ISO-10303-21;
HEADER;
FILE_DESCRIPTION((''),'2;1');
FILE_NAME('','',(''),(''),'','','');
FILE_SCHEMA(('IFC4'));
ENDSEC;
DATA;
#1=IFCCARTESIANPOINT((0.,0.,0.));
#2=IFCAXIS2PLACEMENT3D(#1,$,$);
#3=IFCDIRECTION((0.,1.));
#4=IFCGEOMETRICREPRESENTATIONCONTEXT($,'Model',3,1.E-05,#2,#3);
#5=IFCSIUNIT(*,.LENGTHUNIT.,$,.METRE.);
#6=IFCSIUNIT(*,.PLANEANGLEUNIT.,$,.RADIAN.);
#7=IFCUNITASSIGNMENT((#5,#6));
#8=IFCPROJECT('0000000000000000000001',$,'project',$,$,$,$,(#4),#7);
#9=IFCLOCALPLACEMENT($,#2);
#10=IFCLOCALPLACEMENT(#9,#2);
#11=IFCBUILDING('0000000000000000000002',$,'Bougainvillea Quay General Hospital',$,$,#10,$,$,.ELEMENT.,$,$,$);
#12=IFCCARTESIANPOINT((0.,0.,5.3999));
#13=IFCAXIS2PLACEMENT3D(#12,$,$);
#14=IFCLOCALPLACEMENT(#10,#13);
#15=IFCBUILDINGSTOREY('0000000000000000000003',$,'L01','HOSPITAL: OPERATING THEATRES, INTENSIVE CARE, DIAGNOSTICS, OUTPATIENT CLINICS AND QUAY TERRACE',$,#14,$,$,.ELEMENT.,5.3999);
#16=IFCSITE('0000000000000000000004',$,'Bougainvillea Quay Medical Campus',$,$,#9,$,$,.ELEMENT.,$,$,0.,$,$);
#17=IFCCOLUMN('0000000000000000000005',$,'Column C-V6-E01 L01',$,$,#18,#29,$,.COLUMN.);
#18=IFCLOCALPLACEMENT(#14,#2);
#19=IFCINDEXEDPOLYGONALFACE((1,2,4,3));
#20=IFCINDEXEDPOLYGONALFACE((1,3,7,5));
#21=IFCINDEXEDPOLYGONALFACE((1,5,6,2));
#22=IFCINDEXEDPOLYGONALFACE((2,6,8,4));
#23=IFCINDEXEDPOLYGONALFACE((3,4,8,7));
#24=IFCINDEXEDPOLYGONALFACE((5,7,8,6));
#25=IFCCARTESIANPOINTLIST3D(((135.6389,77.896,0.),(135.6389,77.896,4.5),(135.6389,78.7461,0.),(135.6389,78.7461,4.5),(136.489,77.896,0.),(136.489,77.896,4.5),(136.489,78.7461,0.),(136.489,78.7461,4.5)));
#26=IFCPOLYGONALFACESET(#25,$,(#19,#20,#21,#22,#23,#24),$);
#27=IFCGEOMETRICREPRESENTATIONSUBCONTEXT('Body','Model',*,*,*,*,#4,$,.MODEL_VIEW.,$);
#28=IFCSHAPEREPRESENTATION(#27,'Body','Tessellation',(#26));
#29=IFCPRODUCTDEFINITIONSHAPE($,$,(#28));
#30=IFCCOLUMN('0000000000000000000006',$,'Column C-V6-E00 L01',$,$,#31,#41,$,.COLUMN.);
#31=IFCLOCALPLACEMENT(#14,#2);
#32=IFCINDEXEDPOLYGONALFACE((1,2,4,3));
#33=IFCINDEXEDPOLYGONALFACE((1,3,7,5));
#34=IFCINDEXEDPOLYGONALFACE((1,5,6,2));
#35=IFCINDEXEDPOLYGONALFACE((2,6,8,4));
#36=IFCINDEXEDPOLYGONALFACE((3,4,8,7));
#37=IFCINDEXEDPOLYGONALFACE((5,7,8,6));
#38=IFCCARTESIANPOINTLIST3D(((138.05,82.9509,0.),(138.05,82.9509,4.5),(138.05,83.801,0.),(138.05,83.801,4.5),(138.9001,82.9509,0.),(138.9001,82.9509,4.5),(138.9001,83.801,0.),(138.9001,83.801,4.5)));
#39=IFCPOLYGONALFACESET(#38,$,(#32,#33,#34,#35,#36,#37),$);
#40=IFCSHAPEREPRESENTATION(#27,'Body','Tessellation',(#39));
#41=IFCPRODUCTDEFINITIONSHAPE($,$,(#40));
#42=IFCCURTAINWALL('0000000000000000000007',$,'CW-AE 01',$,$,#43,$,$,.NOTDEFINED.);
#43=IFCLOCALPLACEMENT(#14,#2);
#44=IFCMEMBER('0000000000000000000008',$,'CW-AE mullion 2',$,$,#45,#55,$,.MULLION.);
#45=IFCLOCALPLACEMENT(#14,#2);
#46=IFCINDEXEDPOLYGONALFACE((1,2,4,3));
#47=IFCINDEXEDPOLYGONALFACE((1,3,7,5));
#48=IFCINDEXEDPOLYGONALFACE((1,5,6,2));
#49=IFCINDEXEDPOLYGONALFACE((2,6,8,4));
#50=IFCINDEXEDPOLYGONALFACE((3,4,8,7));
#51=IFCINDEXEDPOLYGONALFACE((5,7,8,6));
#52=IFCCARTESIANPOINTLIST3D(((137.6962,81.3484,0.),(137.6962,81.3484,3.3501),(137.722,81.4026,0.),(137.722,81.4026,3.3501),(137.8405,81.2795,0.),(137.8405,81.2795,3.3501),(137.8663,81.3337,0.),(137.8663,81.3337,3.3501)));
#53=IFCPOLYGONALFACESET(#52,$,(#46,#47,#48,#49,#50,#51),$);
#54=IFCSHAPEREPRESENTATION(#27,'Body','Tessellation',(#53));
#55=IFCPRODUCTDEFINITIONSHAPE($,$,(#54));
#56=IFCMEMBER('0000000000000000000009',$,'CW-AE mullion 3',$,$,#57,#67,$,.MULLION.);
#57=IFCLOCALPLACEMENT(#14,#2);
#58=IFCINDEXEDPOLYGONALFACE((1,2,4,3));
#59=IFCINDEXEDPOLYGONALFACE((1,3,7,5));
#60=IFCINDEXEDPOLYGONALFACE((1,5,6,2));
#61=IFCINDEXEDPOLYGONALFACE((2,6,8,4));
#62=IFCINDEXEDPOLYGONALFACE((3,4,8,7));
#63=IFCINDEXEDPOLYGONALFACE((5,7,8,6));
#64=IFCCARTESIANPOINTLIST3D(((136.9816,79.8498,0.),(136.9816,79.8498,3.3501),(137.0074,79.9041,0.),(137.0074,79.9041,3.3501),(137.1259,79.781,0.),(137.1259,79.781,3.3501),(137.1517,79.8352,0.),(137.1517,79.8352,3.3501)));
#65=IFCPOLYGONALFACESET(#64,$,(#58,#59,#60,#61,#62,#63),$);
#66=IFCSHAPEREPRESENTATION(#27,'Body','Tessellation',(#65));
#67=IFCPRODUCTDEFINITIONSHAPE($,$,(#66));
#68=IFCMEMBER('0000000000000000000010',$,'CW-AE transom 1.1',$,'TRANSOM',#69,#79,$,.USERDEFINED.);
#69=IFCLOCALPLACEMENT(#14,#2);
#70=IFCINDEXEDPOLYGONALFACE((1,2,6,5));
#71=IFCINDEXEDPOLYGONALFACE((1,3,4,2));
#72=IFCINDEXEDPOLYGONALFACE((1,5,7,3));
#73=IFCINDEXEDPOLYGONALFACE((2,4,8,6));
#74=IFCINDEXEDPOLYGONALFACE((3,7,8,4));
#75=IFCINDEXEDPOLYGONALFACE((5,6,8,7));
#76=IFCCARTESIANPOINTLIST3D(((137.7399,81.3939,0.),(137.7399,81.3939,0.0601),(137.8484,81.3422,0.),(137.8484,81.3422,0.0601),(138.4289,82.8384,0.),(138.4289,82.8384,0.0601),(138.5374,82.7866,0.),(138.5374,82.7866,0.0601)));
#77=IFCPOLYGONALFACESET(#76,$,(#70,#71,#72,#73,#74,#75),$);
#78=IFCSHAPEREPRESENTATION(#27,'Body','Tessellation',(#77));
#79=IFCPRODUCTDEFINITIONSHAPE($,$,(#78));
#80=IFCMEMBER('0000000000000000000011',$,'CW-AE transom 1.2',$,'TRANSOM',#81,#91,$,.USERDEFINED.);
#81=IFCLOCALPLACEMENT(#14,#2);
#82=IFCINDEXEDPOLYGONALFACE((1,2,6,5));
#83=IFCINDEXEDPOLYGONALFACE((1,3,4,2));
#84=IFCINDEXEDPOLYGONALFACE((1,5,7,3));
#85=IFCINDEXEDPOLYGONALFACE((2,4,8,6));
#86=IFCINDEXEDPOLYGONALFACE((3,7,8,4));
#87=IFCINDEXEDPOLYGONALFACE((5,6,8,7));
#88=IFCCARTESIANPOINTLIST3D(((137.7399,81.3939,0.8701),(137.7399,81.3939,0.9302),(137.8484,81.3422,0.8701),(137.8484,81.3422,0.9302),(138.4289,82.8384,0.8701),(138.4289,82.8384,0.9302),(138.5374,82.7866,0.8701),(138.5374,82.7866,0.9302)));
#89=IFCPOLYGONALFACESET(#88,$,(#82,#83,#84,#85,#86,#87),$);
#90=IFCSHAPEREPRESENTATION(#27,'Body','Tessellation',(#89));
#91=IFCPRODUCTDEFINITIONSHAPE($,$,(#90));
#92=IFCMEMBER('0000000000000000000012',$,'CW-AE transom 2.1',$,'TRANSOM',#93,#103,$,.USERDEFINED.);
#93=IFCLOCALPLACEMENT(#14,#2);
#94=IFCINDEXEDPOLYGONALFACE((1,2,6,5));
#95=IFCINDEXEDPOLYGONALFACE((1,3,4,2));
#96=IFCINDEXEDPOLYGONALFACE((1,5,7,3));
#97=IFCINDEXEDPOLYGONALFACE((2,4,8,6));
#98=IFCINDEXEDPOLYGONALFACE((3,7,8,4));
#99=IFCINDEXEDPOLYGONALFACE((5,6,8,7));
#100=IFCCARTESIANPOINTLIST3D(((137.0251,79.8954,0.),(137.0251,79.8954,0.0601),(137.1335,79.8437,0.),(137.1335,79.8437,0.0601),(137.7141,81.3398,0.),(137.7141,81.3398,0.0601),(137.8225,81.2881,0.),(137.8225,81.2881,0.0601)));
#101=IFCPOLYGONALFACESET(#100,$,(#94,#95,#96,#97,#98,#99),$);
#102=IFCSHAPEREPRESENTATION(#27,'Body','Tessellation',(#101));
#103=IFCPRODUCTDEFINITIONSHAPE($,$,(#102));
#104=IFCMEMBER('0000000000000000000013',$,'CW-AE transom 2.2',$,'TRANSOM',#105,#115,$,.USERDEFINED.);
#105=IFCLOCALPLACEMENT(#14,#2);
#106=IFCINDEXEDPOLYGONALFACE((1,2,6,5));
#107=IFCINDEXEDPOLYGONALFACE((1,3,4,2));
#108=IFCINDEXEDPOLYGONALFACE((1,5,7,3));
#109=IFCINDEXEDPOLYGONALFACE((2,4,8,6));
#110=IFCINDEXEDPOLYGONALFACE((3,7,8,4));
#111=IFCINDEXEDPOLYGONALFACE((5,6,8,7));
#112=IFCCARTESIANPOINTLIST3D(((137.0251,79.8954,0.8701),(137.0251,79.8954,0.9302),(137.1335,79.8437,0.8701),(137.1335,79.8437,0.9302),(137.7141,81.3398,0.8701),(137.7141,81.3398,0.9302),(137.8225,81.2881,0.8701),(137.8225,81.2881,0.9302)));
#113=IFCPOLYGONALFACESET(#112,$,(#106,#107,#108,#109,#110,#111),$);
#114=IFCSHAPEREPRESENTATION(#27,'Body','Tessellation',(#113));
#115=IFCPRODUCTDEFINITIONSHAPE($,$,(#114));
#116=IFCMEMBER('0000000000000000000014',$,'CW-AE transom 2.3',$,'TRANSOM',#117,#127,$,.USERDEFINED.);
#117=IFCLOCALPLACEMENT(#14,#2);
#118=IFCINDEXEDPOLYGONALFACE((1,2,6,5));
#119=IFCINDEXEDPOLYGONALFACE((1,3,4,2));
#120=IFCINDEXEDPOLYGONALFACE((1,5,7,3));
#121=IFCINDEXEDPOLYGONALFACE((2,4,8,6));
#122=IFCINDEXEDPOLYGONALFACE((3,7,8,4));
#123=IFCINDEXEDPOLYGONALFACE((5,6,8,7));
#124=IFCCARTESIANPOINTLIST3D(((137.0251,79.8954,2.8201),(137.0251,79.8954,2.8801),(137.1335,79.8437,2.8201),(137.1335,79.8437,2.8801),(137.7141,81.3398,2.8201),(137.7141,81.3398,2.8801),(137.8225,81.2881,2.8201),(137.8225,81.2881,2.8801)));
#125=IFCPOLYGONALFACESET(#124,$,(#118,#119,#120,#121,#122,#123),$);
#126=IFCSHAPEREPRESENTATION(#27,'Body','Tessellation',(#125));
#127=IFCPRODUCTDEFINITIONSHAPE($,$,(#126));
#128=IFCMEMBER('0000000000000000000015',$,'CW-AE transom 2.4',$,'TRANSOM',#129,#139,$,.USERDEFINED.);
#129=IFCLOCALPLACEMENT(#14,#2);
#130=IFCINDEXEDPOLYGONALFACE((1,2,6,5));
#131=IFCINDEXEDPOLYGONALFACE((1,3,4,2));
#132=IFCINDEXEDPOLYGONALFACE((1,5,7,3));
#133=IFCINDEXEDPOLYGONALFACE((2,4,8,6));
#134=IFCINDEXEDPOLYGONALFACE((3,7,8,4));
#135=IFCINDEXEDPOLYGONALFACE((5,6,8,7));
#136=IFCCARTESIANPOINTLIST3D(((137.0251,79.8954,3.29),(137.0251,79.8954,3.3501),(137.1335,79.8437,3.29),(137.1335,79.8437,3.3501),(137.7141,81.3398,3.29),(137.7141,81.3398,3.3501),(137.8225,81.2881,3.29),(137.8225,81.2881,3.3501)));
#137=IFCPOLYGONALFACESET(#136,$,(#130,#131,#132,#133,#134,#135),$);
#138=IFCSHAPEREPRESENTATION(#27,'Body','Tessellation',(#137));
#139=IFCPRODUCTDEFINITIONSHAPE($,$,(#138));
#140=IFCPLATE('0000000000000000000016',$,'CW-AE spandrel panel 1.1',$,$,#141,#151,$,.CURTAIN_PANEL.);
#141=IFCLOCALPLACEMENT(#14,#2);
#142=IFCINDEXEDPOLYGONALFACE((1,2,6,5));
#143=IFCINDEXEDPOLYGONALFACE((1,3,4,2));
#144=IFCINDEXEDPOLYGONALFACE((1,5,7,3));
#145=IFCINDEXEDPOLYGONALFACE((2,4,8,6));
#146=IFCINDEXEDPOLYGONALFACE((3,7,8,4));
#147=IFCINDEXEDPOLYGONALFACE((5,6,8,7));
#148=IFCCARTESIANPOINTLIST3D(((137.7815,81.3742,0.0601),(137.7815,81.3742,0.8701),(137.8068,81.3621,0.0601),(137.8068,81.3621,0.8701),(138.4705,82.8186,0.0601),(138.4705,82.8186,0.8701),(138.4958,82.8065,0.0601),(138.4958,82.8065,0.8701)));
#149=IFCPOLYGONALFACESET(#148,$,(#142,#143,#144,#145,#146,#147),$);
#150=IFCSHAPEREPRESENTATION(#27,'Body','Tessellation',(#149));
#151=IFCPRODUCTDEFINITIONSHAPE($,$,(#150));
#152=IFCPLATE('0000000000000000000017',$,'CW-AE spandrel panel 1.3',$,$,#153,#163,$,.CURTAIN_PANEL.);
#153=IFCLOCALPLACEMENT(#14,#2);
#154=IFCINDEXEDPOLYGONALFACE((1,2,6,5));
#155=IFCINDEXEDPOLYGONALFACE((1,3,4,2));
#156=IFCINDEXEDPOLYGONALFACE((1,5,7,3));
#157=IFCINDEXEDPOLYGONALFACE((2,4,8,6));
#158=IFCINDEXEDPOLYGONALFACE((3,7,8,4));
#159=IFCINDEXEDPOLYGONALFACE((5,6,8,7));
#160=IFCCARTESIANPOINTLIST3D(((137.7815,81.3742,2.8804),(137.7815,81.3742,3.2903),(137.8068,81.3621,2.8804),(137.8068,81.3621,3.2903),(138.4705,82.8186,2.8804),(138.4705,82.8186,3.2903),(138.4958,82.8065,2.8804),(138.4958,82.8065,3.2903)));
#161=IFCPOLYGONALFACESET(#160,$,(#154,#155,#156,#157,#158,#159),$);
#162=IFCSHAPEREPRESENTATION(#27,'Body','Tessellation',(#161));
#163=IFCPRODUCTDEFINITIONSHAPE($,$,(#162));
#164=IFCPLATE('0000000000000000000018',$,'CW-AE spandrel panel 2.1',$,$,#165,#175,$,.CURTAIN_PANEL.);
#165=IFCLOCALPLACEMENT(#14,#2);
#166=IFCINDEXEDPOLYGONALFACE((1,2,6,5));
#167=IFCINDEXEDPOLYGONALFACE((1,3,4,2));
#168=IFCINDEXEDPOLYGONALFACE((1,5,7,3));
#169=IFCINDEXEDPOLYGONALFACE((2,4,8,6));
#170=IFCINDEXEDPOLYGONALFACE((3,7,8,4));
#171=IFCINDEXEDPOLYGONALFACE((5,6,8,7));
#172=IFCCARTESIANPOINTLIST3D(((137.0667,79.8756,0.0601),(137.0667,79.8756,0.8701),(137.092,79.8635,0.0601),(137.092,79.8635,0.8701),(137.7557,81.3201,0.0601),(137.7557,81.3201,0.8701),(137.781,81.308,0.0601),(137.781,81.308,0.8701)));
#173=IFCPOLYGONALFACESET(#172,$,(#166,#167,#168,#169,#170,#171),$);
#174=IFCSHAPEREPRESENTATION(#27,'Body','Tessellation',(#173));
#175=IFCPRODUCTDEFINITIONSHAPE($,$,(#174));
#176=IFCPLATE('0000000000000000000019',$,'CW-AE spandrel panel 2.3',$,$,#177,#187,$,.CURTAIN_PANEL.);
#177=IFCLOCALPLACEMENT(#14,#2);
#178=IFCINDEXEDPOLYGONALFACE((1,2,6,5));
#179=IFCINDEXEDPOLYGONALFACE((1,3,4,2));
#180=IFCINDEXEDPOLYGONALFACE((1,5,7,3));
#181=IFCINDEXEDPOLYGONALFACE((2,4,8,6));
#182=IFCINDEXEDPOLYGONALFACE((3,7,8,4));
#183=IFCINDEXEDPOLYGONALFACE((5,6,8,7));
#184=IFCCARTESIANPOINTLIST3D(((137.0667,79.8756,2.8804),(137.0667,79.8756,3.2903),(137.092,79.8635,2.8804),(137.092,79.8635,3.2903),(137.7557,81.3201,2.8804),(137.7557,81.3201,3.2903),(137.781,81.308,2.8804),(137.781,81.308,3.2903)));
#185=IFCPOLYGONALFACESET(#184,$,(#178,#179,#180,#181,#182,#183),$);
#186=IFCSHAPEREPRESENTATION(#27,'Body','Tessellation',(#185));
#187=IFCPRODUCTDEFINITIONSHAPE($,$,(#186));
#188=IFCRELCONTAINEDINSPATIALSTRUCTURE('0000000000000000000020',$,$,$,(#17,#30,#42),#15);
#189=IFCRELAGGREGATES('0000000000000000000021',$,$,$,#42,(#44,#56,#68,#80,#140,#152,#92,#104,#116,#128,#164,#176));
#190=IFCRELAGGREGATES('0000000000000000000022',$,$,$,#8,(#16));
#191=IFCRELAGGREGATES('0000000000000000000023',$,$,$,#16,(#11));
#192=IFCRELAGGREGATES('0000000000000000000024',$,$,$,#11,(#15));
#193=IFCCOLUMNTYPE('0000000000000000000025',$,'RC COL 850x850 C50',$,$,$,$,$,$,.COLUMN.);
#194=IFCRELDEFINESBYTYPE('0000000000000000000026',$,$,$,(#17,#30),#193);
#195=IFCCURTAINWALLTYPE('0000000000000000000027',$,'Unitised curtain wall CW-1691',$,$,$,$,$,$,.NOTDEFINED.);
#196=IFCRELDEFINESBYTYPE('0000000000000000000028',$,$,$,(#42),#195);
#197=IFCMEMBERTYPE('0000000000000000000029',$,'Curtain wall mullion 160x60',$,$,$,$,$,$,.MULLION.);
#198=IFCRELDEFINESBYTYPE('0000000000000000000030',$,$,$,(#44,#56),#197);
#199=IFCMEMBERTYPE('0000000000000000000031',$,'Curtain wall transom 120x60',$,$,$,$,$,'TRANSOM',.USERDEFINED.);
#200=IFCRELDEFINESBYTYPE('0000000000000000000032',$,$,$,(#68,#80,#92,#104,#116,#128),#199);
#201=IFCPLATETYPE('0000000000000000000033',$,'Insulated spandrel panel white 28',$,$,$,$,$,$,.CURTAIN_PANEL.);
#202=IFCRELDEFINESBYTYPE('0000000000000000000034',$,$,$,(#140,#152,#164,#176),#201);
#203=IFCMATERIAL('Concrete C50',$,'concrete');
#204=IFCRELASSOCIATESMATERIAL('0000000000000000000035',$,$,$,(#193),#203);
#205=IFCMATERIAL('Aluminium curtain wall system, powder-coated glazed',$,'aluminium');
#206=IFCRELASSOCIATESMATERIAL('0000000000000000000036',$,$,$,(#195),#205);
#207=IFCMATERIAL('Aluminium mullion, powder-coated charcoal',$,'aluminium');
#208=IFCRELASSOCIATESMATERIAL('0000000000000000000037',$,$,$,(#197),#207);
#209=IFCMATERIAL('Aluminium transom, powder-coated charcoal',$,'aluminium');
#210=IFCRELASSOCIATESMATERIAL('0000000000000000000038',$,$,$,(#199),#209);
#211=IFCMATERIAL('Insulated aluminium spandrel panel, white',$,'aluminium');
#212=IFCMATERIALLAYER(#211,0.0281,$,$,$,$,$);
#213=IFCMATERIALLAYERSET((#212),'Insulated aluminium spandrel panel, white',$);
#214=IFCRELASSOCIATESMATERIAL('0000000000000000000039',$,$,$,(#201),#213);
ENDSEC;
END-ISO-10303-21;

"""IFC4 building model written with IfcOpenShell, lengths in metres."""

from ifc_helpers import new_model, si_unit, direction, frame, origin, origin_2d, place, context, subcontext, project, spatial, rectangle, extrude, material, layer, layer_set, material_profile, profile_set, type_object, element, aggregate, save


model = new_model("IFC4")

# Units and contexts
model_context = context("Model", 3, precision=1e-05, world=origin(), true_north=direction((0.0, 1.0)))
body_context = subcontext(model_context, "Body", "Model", "MODEL_VIEW")
ifc_project = project(units=[si_unit("LENGTHUNIT", "METRE"), si_unit("PLANEANGLEUNIT", "RADIAN")], contexts=[model_context])

# Site, building, storey
site_placement = place(None, origin())
site = spatial("IfcSite", under=ifc_project, at=site_placement, Name="Bougainvillea Quay Medical Campus", CompositionType="ELEMENT", RefElevation=0.0)
building_placement = place(site_placement, origin())
building = spatial("IfcBuilding", under=site, at=building_placement, Name="Bougainvillea Quay General Hospital", CompositionType="ELEMENT")
storey_placement = place(building_placement, frame((0.0, 0.0, 5.3999)))
storey = spatial("IfcBuildingStorey", under=building, at=storey_placement, Name="L01", Description="HOSPITAL: OPERATING THEATRES, INTENSIVE CARE, DIAGNOSTICS, OUTPATIENT CLINICS AND QUAY TERRACE", CompositionType="ELEMENT", Elevation=5.3999)

# Columns
ifc_material_1 = material(Name="Concrete C50", Category="concrete")
ifc_material_profile_1 = material_profile(ifc_material_1, rectangle(XDim=0.8501, YDim=0.8501, at=origin_2d()))
ifc_profile_set_1 = profile_set([ifc_material_profile_1], Name="Concrete C50")
column_type = type_object("IfcColumnType", Name="RC COL 850x850 C50", PredefinedType="COLUMN", material=ifc_profile_set_1)
for number, where, z_axis, x_axis, name in (
    (1, (136.064, 78.321, 0.0), (0.0, 0.0, 1.0), (1.0, 0.0, 0.0), "Column C-V6-E01 L01"),
    (2, (138.4751, 83.376, 0.0), (0.0, 0.0, 1.0), (1.0, 0.0, 0.0), "Column C-V6-E00 L01"),
):
    element("IfcColumn", number, at=place(storey_placement, frame(where, z_axis=z_axis, x_axis=x_axis)), inside=storey, type_object=column_type, Name=name, PredefinedType="COLUMN", context=body_context, shape_type="SweptSolid", body=[
        extrude(rectangle(XDim=0.8501, YDim=0.8501, at=origin_2d()), origin(), (0.0, 0.0, 1.0), 4.5),
    ])

# Curtain wall, members, plates
ifc_material_2 = material(Name="Aluminium curtain wall system, powder-coated glazed", Category="aluminium")
curtain_wall_type = type_object("IfcCurtainWallType", Name="Unitised curtain wall CW-1691", PredefinedType="NOTDEFINED", material=ifc_material_2)
curtain_wall_placement = place(storey_placement, origin())
curtain_wall = element("IfcCurtainWall", 3, at=curtain_wall_placement, inside=storey, type_object=curtain_wall_type, Name="CW-AE 01", PredefinedType="NOTDEFINED")
ifc_material_3 = material(Name="Aluminium mullion, powder-coated charcoal", Category="aluminium")
ifc_material_profile_2 = material_profile(ifc_material_3, rectangle(XDim=0.1599, YDim=0.0601, at=origin_2d()))
ifc_profile_set_2 = profile_set([ifc_material_profile_2], Name="Aluminium mullion, powder-coated charcoal")
member_type_1 = type_object("IfcMemberType", Name="Curtain wall mullion 160x60", PredefinedType="MULLION", material=ifc_profile_set_2)
member_1_placement = place(storey_placement, frame((137.7812, 81.3411, 0.0), z_axis=(0.0, 0.0, 1.0), x_axis=(0.902576, -0.43053, 0.0)))
member_1 = element("IfcMember", 4, at=member_1_placement, type_object=member_type_1, Name="CW-AE mullion 2", PredefinedType="MULLION", context=body_context, shape_type="SweptSolid", body=[
    extrude(rectangle(XDim=0.1599, YDim=0.0601, at=origin_2d()), origin(), (0.0, 0.0, 1.0), 3.3501),
])
member_2_placement = place(storey_placement, frame((137.0667, 79.8425, 0.0), z_axis=(0.0, 0.0, 1.0), x_axis=(0.902576, -0.43053, 0.0)))
member_2 = element("IfcMember", 5, at=member_2_placement, type_object=member_type_1, Name="CW-AE mullion 3", PredefinedType="MULLION", context=body_context, shape_type="SweptSolid", body=[
    extrude(rectangle(XDim=0.1599, YDim=0.0601, at=origin_2d()), origin(), (0.0, 0.0, 1.0), 3.3501),
])
ifc_material_4 = material(Name="Aluminium transom, powder-coated charcoal", Category="aluminium")
ifc_material_profile_3 = material_profile(ifc_material_4, rectangle(XDim=0.1201, YDim=0.0601, at=origin_2d()))
ifc_profile_set_3 = profile_set([ifc_material_profile_3], Name="Aluminium transom, powder-coated charcoal")
member_type_2 = type_object("IfcMemberType", Name="Curtain wall transom 120x60", ElementType="TRANSOM", PredefinedType="USERDEFINED", material=ifc_profile_set_3)
member_3_placement = place(storey_placement, frame((138.4832, 82.8125, 0.03), z_axis=(-0.430538, -0.902573, 0.0), x_axis=(0.902573, -0.430538, 0.0)))
member_3 = element("IfcMember", 6, at=member_3_placement, type_object=member_type_2, Name="CW-AE transom 1.1", ObjectType="TRANSOM", PredefinedType="USERDEFINED", context=body_context, shape_type="SweptSolid", body=[
    extrude(rectangle(XDim=0.1201, YDim=0.0601, at=origin_2d()), origin(), (0.0, 0.0, 1.0), 1.6003),
])
member_4_placement = place(storey_placement, frame((138.4832, 82.8125, 0.9001), z_axis=(-0.430538, -0.902573, 0.0), x_axis=(0.902573, -0.430538, 0.0)))
member_4 = element("IfcMember", 7, at=member_4_placement, type_object=member_type_2, Name="CW-AE transom 1.2", ObjectType="TRANSOM", PredefinedType="USERDEFINED", context=body_context, shape_type="SweptSolid", body=[
    extrude(rectangle(XDim=0.1201, YDim=0.0601, at=origin_2d()), origin(), (0.0, 0.0, 1.0), 1.6003),
])
member_5_placement = place(storey_placement, frame((137.7683, 81.314, 0.03), z_axis=(-0.430538, -0.902573, 0.0), x_axis=(0.902573, -0.430538, 0.0)))
member_5 = element("IfcMember", 8, at=member_5_placement, type_object=member_type_2, Name="CW-AE transom 2.1", ObjectType="TRANSOM", PredefinedType="USERDEFINED", context=body_context, shape_type="SweptSolid", body=[
    extrude(rectangle(XDim=0.1201, YDim=0.0601, at=origin_2d()), origin(), (0.0, 0.0, 1.0), 1.6003),
])
member_6_placement = place(storey_placement, frame((137.7683, 81.314, 0.9001), z_axis=(-0.430538, -0.902573, 0.0), x_axis=(0.902573, -0.430538, 0.0)))
member_6 = element("IfcMember", 9, at=member_6_placement, type_object=member_type_2, Name="CW-AE transom 2.2", ObjectType="TRANSOM", PredefinedType="USERDEFINED", context=body_context, shape_type="SweptSolid", body=[
    extrude(rectangle(XDim=0.1201, YDim=0.0601, at=origin_2d()), origin(), (0.0, 0.0, 1.0), 1.6003),
])
member_7_placement = place(storey_placement, frame((137.7683, 81.314, 2.8501), z_axis=(-0.430538, -0.902573, 0.0), x_axis=(0.902573, -0.430538, 0.0)))
member_7 = element("IfcMember", 10, at=member_7_placement, type_object=member_type_2, Name="CW-AE transom 2.3", ObjectType="TRANSOM", PredefinedType="USERDEFINED", context=body_context, shape_type="SweptSolid", body=[
    extrude(rectangle(XDim=0.1201, YDim=0.0601, at=origin_2d()), origin(), (0.0, 0.0, 1.0), 1.6003),
])
member_8_placement = place(storey_placement, frame((137.7683, 81.314, 3.3201), z_axis=(-0.430538, -0.902573, 0.0), x_axis=(0.902573, -0.430538, 0.0)))
member_8 = element("IfcMember", 11, at=member_8_placement, type_object=member_type_2, Name="CW-AE transom 2.4", ObjectType="TRANSOM", PredefinedType="USERDEFINED", context=body_context, shape_type="SweptSolid", body=[
    extrude(rectangle(XDim=0.1201, YDim=0.0601, at=origin_2d()), origin(), (0.0, 0.0, 1.0), 1.6003),
])
ifc_material_5 = material(Name="Insulated aluminium spandrel panel, white", Category="aluminium")
ifc_layer_1 = layer(ifc_material_5, 0.0281)
ifc_layer_set_1 = layer_set([ifc_layer_1], Name="Insulated aluminium spandrel panel, white")
plate_type_1 = type_object("IfcPlateType", Name="Insulated spandrel panel white 28", PredefinedType="CURTAIN_PANEL", material=ifc_layer_set_1)
plate_1_placement = place(storey_placement, frame((138.1387, 82.0903, 0.0601), z_axis=(0.0, 0.0, 1.0), x_axis=(-0.43053, -0.902576, 0.0)))
plate_1 = element("IfcPlate", 12, at=plate_1_placement, type_object=plate_type_1, Name="CW-AE spandrel panel 1.1", PredefinedType="CURTAIN_PANEL", context=body_context, shape_type="SweptSolid", body=[
    extrude(rectangle(XDim=1.6003, YDim=0.0281, at=origin_2d()), origin(), (0.0, 0.0, 1.0), 0.8101),
])
plate_2_placement = place(storey_placement, frame((138.1387, 82.0903, 2.8804), z_axis=(0.0, 0.0, 1.0), x_axis=(-0.43053, -0.902576, 0.0)))
plate_2 = element("IfcPlate", 13, at=plate_2_placement, type_object=plate_type_1, Name="CW-AE spandrel panel 1.3", PredefinedType="CURTAIN_PANEL", context=body_context, shape_type="SweptSolid", body=[
    extrude(rectangle(XDim=1.6003, YDim=0.0281, at=origin_2d()), origin(), (0.0, 0.0, 1.0), 0.4099),
])
plate_3_placement = place(storey_placement, frame((137.4238, 80.5918, 0.0601), z_axis=(0.0, 0.0, 1.0), x_axis=(-0.43053, -0.902576, 0.0)))
plate_3 = element("IfcPlate", 14, at=plate_3_placement, type_object=plate_type_1, Name="CW-AE spandrel panel 2.1", PredefinedType="CURTAIN_PANEL", context=body_context, shape_type="SweptSolid", body=[
    extrude(rectangle(XDim=1.6003, YDim=0.0281, at=origin_2d()), origin(), (0.0, 0.0, 1.0), 0.8101),
])
plate_4_placement = place(storey_placement, frame((137.4238, 80.5918, 2.8804), z_axis=(0.0, 0.0, 1.0), x_axis=(-0.43053, -0.902576, 0.0)))
plate_4 = element("IfcPlate", 15, at=plate_4_placement, type_object=plate_type_1, Name="CW-AE spandrel panel 2.3", PredefinedType="CURTAIN_PANEL", context=body_context, shape_type="SweptSolid", body=[
    extrude(rectangle(XDim=1.6003, YDim=0.0281, at=origin_2d()), origin(), (0.0, 0.0, 1.0), 0.4099),
])
aggregate(curtain_wall, [member_1, member_2, member_3, member_4, plate_1, plate_2, member_5, member_6, member_7, member_8, plate_3, plate_4])

save(model, "model.ifc")
